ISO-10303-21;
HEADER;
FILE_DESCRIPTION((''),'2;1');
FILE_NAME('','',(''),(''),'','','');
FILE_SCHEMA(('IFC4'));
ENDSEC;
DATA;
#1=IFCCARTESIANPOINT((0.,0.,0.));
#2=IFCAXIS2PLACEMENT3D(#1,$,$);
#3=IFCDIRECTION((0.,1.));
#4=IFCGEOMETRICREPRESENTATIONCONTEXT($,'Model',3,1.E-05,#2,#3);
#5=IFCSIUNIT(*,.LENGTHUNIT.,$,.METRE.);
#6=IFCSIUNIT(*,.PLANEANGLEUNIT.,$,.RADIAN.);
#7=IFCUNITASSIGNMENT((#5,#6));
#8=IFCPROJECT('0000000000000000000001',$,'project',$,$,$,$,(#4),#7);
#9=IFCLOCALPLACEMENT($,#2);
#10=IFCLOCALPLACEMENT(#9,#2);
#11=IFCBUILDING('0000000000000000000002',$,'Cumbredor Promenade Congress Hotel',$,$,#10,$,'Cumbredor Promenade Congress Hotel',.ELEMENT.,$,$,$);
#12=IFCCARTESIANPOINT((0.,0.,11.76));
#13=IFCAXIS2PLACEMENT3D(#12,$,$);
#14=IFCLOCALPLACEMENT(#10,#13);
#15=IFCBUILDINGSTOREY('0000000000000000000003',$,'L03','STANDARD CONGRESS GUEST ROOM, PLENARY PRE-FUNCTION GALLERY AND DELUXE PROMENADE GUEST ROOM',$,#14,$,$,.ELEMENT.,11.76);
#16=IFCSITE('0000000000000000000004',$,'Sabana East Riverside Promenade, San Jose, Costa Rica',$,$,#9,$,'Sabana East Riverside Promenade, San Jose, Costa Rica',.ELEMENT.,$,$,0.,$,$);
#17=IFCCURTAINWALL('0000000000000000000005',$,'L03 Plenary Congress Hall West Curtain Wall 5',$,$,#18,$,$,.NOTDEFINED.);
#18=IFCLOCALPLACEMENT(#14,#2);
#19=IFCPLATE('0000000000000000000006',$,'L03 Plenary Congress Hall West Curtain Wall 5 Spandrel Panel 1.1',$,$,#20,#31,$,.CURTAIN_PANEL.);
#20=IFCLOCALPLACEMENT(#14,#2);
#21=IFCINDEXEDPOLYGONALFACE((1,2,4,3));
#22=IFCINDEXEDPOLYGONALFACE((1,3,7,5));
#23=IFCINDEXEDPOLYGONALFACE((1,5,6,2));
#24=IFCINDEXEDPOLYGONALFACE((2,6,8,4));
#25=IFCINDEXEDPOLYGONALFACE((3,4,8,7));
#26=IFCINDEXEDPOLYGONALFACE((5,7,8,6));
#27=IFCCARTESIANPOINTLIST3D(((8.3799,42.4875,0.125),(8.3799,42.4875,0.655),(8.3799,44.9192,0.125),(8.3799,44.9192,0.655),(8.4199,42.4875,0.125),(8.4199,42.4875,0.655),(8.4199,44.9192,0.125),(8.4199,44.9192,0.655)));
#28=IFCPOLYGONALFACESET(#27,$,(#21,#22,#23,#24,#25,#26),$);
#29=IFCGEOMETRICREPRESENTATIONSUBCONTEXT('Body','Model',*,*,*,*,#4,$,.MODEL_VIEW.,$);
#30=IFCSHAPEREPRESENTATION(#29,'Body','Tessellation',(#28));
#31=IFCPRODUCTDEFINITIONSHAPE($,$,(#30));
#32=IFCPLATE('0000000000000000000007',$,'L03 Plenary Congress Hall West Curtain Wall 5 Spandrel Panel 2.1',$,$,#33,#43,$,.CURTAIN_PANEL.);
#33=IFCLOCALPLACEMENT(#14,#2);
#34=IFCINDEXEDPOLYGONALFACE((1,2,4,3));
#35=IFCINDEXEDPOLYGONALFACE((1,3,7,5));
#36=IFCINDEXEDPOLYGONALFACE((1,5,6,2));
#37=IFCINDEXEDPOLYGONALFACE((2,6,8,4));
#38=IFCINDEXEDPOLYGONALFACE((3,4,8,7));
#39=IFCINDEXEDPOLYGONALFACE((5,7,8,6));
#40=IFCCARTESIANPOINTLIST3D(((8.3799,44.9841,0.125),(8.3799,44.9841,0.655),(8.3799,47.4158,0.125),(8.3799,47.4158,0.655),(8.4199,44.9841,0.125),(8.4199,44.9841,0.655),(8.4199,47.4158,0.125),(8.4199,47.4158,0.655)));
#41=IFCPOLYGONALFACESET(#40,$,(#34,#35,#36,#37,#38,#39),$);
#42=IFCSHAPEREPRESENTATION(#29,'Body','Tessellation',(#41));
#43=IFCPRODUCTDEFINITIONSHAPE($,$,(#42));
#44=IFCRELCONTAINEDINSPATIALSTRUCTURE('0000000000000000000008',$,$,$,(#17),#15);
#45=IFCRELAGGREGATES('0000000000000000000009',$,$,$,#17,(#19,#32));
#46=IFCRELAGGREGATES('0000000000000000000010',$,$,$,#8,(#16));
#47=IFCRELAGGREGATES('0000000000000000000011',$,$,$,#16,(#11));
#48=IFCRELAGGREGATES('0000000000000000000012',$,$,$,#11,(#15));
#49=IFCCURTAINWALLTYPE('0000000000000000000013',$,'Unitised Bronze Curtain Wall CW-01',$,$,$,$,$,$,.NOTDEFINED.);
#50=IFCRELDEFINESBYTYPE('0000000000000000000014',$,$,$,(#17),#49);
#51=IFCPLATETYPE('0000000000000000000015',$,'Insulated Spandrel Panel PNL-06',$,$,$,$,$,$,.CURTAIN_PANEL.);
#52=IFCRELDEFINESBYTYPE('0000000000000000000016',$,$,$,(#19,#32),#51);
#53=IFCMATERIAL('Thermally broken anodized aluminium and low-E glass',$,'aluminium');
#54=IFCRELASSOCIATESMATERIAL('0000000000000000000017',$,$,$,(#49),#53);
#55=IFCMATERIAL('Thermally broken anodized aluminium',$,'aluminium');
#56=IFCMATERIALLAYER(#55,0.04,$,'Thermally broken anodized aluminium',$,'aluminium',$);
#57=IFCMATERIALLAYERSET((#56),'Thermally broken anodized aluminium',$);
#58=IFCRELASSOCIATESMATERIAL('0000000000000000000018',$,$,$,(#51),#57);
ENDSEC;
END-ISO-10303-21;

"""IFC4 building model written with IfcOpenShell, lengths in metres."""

from ifc_helpers import new_model, si_unit, direction, frame, origin, origin_2d, place, context, subcontext, project, spatial, rectangle, extrude, material, layer, layer_set, type_object, element, aggregate, save


model = new_model("IFC4")

# Units and contexts
model_context = context("Model", 3, precision=1e-05, world=origin(), true_north=direction((0.0, 1.0)))
body_context = subcontext(model_context, "Body", "Model", "MODEL_VIEW")
ifc_project = project(units=[si_unit("LENGTHUNIT", "METRE"), si_unit("PLANEANGLEUNIT", "RADIAN")], contexts=[model_context])

# Site, building, storey
site_placement = place(None, origin())
site = spatial("IfcSite", under=ifc_project, at=site_placement, Name="Sabana East Riverside Promenade, San Jose, Costa Rica", LongName="Sabana East Riverside Promenade, San Jose, Costa Rica", CompositionType="ELEMENT", RefElevation=0.0)
building_placement = place(site_placement, origin())
building = spatial("IfcBuilding", under=site, at=building_placement, Name="Cumbredor Promenade Congress Hotel", LongName="Cumbredor Promenade Congress Hotel", CompositionType="ELEMENT")
storey_placement = place(building_placement, frame((0.0, 0.0, 11.76)))
storey = spatial("IfcBuildingStorey", under=building, at=storey_placement, Name="L03", Description="STANDARD CONGRESS GUEST ROOM, PLENARY PRE-FUNCTION GALLERY AND DELUXE PROMENADE GUEST ROOM", CompositionType="ELEMENT", Elevation=11.76)

# Curtain wall
ifc_material_1 = material(Name="Thermally broken anodized aluminium and low-E glass", Category="aluminium")
curtain_wall_type = type_object("IfcCurtainWallType", Name="Unitised Bronze Curtain Wall CW-01", PredefinedType="NOTDEFINED", material=ifc_material_1)
curtain_wall_1_placement = place(storey_placement, origin())
curtain_wall_1 = element("IfcCurtainWall", 1, at=curtain_wall_1_placement, inside=storey, type_object=curtain_wall_type, Name="L03 Plenary Congress Hall West Curtain Wall 5", PredefinedType="NOTDEFINED")
ifc_material_2 = material(Name="Thermally broken anodized aluminium", Category="aluminium")

# Plates
ifc_layer_1 = layer(ifc_material_2, 0.04, Name="Thermally broken anodized aluminium", Category="aluminium")
ifc_layer_set_1 = layer_set([ifc_layer_1], Name="Thermally broken anodized aluminium")
plate_type_1 = type_object("IfcPlateType", Name="Insulated Spandrel Panel PNL-06", PredefinedType="CURTAIN_PANEL", material=ifc_layer_set_1)
plate_1_placement = place(storey_placement, frame((8.3999, 43.7034, 0.125), z_axis=(0.0, 0.0, 1.0), x_axis=(0.0, 1.0, 0.0)))
plate_1 = element("IfcPlate", 2, at=plate_1_placement, type_object=plate_type_1, Name="L03 Plenary Congress Hall West Curtain Wall 5 Spandrel Panel 1.1", PredefinedType="CURTAIN_PANEL", context=body_context, shape_type="SweptSolid", body=[
    extrude(rectangle(XDim=2.4316, YDim=0.04, at=origin_2d()), origin(), (0.0, 0.0, 1.0), 0.53),
])
plate_2_placement = place(storey_placement, frame((8.3999, 46.2, 0.125), z_axis=(0.0, 0.0, 1.0), x_axis=(0.0, 1.0, 0.0)))
plate_2 = element("IfcPlate", 3, at=plate_2_placement, type_object=plate_type_1, Name="L03 Plenary Congress Hall West Curtain Wall 5 Spandrel Panel 2.1", PredefinedType="CURTAIN_PANEL", context=body_context, shape_type="SweptSolid", body=[
    extrude(rectangle(XDim=2.4316, YDim=0.04, at=origin_2d()), origin(), (0.0, 0.0, 1.0), 0.53),
])
aggregate(curtain_wall_1, [plate_1, plate_2])

save(model, "model.ifc")
